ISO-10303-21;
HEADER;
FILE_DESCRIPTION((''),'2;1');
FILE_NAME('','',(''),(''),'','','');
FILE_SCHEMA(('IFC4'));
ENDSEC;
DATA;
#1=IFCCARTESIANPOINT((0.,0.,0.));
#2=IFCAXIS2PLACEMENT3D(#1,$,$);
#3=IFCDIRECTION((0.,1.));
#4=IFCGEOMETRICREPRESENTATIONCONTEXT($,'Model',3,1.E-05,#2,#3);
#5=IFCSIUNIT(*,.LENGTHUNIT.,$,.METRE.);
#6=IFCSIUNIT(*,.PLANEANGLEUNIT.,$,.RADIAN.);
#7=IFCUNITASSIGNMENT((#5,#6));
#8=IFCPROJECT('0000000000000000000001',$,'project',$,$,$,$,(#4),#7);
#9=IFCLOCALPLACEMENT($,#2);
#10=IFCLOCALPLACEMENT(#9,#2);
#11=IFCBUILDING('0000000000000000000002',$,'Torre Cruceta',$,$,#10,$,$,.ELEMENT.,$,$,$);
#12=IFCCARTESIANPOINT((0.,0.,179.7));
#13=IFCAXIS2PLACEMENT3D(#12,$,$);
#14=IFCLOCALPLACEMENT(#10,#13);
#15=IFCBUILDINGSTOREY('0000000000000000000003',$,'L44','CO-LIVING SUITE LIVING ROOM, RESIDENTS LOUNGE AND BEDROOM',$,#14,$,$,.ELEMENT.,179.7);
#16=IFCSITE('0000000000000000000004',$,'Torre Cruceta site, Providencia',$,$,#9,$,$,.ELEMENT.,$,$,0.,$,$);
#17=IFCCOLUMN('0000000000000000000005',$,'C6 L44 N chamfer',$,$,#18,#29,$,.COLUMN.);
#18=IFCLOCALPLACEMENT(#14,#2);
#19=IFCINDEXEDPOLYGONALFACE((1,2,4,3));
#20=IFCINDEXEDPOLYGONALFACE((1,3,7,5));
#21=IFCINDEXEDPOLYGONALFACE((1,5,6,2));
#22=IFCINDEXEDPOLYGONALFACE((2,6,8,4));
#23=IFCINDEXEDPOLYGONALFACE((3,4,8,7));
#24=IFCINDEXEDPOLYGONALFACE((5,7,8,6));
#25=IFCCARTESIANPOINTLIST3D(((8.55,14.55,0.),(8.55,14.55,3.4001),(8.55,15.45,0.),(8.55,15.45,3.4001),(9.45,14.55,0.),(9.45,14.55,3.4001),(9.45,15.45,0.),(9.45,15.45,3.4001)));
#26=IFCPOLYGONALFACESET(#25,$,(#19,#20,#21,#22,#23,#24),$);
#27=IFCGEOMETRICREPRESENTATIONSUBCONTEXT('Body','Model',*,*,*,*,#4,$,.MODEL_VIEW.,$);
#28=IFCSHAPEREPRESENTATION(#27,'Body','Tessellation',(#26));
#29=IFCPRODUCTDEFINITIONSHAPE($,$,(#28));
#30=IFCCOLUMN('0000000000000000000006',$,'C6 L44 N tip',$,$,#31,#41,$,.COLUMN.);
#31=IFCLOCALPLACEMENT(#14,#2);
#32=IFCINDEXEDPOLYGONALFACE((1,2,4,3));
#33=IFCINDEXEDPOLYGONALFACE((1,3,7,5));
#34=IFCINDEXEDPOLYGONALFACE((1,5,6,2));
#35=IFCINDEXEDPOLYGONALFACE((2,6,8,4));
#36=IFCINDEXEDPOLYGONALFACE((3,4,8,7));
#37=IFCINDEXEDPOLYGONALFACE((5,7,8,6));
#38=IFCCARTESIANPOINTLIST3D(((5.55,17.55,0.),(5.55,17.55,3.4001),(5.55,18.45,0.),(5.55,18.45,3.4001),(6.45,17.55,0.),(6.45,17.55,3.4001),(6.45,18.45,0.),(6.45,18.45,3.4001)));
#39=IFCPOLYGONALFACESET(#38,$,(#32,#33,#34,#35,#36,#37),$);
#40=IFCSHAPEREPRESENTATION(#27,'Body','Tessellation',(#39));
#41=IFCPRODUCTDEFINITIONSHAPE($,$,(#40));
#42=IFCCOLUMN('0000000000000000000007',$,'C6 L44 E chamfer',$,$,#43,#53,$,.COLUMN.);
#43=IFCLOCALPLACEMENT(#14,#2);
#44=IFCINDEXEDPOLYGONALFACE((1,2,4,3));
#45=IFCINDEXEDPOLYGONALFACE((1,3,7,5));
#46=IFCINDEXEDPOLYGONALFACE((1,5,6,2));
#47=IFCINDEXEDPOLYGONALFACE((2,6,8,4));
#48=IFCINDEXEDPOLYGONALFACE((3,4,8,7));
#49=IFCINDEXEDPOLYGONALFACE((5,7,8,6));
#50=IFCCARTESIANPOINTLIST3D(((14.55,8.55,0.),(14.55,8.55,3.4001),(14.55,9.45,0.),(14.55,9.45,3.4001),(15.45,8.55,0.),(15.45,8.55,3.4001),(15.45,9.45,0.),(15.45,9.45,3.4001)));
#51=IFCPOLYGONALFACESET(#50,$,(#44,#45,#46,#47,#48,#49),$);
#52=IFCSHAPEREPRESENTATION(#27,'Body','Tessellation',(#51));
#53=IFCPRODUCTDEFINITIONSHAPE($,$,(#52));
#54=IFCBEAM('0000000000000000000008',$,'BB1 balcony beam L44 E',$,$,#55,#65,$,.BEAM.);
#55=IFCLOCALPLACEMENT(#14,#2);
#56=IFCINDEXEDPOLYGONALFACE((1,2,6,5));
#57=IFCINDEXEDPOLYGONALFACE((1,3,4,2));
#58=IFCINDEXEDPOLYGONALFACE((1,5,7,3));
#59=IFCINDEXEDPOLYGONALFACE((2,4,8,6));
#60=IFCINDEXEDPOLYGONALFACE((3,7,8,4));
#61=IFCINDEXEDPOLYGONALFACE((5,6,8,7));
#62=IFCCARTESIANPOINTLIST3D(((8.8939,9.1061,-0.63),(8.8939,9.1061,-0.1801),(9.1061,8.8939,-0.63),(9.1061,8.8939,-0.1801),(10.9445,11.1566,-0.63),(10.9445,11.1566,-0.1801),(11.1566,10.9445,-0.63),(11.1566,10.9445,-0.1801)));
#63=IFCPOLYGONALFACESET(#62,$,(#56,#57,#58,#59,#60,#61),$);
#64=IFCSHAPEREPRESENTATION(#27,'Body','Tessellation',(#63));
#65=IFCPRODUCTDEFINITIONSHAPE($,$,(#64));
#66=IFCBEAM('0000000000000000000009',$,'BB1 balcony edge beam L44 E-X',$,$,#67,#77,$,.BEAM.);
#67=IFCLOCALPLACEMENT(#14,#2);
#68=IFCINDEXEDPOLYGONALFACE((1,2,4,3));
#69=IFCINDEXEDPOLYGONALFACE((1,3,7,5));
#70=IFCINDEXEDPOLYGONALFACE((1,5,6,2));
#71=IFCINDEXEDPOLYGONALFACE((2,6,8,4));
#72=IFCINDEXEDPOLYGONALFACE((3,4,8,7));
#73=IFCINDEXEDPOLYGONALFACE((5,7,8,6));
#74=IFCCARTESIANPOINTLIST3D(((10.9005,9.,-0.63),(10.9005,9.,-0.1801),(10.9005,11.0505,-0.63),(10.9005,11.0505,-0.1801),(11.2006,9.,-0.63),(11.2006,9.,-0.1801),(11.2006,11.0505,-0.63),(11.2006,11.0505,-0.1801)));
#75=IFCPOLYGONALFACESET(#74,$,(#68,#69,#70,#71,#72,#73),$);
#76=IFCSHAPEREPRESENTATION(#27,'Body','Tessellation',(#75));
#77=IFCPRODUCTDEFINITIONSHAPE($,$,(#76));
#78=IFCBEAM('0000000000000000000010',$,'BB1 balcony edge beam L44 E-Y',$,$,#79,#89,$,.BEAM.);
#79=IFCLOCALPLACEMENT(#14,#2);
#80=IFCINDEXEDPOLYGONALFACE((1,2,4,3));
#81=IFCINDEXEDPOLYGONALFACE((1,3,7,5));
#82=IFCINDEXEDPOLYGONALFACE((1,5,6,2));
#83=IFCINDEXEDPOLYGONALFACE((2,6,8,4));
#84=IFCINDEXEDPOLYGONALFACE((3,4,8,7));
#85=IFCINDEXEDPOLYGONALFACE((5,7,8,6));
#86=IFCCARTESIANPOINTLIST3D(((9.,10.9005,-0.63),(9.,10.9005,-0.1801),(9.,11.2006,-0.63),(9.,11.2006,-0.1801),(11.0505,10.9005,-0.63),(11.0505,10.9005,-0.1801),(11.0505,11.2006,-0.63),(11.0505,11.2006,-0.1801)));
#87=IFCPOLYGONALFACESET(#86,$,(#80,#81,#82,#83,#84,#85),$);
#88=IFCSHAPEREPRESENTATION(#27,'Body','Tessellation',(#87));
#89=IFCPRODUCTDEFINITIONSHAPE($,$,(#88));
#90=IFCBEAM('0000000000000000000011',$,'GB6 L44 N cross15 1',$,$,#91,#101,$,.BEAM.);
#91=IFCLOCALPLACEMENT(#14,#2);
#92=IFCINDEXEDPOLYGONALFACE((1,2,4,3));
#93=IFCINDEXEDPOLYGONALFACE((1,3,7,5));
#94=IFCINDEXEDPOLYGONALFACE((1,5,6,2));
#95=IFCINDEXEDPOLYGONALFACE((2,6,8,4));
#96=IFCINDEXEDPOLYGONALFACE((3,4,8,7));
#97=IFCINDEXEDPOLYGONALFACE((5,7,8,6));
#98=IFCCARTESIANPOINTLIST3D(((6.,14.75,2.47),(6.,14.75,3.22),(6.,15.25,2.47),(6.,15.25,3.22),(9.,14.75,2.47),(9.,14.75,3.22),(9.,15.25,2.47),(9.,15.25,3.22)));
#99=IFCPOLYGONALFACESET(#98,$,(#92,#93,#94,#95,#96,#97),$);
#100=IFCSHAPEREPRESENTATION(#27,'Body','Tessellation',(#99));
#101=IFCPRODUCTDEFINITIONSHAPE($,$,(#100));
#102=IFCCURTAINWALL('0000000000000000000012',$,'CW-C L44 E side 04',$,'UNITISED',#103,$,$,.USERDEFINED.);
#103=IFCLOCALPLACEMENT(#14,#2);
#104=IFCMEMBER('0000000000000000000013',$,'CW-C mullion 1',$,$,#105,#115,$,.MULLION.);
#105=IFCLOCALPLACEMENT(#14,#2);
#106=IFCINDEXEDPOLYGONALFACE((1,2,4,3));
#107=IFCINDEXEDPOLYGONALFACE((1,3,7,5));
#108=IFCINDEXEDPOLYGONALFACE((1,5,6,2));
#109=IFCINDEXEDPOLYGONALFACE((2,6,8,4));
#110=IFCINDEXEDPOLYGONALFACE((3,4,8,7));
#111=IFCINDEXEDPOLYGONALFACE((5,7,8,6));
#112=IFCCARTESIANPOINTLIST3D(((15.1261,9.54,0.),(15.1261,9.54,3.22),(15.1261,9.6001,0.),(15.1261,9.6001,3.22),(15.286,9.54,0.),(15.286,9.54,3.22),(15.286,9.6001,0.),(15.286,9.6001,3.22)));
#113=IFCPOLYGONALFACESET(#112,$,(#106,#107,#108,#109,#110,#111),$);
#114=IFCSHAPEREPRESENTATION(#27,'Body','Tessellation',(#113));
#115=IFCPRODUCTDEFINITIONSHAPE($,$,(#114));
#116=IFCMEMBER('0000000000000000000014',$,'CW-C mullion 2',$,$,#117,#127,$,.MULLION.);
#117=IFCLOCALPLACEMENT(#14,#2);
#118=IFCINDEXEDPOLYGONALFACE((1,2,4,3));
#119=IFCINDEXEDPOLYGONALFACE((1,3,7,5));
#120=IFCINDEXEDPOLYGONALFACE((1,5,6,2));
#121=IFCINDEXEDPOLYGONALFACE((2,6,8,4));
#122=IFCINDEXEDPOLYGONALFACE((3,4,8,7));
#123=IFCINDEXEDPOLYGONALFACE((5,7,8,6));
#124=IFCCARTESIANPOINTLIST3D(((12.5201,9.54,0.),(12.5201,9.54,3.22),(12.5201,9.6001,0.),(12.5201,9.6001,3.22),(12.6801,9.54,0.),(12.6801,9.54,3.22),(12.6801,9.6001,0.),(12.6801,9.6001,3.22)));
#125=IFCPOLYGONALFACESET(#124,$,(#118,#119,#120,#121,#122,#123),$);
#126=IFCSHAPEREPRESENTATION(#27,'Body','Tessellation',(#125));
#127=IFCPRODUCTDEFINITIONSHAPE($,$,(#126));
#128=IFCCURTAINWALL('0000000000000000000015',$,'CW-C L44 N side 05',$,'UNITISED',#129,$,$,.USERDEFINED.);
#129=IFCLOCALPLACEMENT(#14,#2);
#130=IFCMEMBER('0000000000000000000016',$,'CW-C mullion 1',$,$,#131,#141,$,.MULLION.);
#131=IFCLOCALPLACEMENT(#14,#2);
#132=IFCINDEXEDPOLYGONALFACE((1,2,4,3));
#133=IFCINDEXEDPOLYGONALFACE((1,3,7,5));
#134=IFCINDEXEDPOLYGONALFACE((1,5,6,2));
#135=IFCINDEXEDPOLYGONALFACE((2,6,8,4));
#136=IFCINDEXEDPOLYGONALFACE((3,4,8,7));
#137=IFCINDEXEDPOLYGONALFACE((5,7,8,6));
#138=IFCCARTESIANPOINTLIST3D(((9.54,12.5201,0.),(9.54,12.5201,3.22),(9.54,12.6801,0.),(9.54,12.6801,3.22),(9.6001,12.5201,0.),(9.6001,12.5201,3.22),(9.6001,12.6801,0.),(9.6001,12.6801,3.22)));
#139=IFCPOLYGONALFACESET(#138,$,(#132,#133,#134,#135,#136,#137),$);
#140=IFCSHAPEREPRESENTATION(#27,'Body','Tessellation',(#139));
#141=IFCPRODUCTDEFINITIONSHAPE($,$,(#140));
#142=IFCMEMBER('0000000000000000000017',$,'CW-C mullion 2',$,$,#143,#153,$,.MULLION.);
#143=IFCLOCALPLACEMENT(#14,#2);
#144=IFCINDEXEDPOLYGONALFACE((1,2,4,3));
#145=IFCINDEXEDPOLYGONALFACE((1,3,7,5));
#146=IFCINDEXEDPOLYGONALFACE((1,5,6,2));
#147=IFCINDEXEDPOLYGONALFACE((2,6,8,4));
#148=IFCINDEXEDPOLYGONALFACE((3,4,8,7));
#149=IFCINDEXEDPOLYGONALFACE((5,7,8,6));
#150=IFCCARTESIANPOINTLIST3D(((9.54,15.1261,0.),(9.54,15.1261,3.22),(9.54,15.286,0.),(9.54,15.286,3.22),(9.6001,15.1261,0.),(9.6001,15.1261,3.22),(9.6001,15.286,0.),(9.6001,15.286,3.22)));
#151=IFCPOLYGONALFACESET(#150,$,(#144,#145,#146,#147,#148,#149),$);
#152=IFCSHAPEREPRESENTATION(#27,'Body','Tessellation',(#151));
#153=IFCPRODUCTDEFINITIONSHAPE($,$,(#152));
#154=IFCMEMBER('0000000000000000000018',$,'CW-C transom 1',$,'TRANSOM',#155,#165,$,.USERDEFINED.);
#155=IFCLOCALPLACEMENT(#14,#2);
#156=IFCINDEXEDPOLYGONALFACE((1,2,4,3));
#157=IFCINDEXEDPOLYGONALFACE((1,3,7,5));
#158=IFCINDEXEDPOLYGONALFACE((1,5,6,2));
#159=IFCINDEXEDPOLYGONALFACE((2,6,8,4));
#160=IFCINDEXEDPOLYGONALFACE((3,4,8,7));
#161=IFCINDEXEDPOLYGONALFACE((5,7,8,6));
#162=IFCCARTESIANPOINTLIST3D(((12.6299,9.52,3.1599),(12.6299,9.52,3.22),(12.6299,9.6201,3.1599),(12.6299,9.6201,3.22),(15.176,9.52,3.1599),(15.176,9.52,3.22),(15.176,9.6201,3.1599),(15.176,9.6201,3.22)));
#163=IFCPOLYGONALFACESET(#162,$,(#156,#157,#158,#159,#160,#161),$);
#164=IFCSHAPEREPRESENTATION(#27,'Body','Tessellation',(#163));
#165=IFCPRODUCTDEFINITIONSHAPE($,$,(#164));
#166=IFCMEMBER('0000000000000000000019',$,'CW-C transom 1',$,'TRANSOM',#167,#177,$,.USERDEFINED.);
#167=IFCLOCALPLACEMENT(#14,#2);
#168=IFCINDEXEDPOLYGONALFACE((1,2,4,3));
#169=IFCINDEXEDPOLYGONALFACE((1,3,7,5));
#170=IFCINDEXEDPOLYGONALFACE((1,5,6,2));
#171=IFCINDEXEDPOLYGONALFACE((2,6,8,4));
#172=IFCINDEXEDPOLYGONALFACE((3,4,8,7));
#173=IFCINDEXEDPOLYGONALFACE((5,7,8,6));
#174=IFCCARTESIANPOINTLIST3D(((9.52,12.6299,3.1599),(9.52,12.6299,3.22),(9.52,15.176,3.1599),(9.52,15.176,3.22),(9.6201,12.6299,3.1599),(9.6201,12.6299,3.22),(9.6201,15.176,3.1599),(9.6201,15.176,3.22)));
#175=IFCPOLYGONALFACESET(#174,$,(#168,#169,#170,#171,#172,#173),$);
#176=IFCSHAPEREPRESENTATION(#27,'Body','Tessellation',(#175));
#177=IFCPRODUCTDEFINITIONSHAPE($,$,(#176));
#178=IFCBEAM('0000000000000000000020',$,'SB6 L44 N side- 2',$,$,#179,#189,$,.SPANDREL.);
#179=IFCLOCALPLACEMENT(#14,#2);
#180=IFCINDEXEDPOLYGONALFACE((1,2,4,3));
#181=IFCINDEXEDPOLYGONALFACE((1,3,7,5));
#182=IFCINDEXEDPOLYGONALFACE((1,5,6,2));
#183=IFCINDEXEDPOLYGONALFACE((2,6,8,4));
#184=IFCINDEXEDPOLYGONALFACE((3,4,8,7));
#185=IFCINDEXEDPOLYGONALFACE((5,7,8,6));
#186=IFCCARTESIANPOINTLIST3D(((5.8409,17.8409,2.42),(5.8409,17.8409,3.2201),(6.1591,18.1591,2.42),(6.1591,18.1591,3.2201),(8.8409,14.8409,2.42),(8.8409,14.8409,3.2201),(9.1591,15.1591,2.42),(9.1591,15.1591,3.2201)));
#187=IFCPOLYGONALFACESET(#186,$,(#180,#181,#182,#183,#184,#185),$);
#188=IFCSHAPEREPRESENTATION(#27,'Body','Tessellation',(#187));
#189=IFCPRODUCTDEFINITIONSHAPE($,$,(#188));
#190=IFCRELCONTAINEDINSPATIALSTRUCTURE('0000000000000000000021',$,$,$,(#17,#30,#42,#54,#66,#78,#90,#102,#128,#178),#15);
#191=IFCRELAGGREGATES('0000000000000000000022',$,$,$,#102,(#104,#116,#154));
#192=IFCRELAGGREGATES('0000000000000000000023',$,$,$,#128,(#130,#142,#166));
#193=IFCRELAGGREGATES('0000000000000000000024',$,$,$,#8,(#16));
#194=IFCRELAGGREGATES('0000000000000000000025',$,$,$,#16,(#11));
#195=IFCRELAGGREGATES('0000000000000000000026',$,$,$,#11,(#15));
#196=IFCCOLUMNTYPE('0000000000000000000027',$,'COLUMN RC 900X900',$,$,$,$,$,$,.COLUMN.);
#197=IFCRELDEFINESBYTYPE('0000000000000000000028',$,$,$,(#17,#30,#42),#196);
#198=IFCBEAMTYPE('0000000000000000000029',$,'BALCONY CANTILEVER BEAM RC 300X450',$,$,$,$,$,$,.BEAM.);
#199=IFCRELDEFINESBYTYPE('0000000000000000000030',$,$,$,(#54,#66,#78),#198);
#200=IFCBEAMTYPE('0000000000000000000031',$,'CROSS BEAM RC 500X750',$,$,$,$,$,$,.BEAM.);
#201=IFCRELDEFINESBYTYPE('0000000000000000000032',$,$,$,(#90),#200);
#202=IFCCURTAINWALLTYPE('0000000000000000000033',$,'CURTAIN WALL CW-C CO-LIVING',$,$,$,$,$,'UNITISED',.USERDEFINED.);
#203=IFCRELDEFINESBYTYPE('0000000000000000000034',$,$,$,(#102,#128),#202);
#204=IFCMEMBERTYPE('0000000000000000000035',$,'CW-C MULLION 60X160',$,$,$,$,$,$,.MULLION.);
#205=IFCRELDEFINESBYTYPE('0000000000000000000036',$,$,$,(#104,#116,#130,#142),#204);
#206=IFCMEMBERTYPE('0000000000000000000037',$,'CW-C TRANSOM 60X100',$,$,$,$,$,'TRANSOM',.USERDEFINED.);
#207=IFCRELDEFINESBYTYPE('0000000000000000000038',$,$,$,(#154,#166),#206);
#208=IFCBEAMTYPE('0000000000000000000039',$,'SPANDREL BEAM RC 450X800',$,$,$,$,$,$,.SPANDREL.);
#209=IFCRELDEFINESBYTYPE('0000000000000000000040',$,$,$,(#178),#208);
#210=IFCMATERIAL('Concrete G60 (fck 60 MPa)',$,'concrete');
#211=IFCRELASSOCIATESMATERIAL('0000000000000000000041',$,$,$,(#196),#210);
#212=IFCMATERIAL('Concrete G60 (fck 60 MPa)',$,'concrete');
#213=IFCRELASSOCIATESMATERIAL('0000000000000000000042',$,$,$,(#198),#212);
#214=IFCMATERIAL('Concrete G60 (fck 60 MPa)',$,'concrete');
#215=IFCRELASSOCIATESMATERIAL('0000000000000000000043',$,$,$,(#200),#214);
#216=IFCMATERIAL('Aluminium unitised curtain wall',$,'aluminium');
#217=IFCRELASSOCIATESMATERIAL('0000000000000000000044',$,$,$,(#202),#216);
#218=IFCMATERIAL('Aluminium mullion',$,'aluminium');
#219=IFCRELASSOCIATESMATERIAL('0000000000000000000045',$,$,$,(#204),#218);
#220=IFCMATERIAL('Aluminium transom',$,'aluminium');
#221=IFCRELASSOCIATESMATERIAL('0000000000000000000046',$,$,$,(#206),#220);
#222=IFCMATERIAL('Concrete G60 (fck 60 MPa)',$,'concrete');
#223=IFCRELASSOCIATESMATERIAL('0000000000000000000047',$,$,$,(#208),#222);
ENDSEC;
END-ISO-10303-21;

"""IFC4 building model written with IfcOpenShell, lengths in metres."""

from ifc_helpers import new_model, si_unit, direction, frame, origin, origin_2d, place, context, subcontext, project, spatial, rectangle, extrude, material, material_profile, profile_set, type_object, element, aggregate, save


model = new_model("IFC4")

# Units and contexts
model_context = context("Model", 3, precision=1e-05, world=origin(), true_north=direction((0.0, 1.0)))
body_context = subcontext(model_context, "Body", "Model", "MODEL_VIEW")
ifc_project = project(units=[si_unit("LENGTHUNIT", "METRE"), si_unit("PLANEANGLEUNIT", "RADIAN")], contexts=[model_context])

# Site, building, storey
site_placement = place(None, origin())
site = spatial("IfcSite", under=ifc_project, at=site_placement, Name="Torre Cruceta site, Providencia", CompositionType="ELEMENT", RefElevation=0.0)
building_placement = place(site_placement, origin())
building = spatial("IfcBuilding", under=site, at=building_placement, Name="Torre Cruceta", CompositionType="ELEMENT")
storey_placement = place(building_placement, frame((0.0, 0.0, 179.7)))
storey = spatial("IfcBuildingStorey", under=building, at=storey_placement, Name="L44", Description="CO-LIVING SUITE LIVING ROOM, RESIDENTS LOUNGE AND BEDROOM", CompositionType="ELEMENT", Elevation=179.7)

# Columns
ifc_material_1 = material(Name="Concrete G60 (fck 60 MPa)", Category="concrete")
ifc_material_profile_1 = material_profile(ifc_material_1, rectangle(XDim=0.8999, YDim=0.8999, at=origin_2d()), Name="RC 900X900")
ifc_profile_set_1 = profile_set([ifc_material_profile_1], Name="Concrete G60 (fck 60 MPa)")
column_type = type_object("IfcColumnType", Name="COLUMN RC 900X900", PredefinedType="COLUMN", material=ifc_profile_set_1)
for number, where, z_axis, x_axis, name in (
    (1, (9.0, 15.0, 0.0), (0.0, 0.0, 1.0), (1.0, 0.0, 0.0), "C6 L44 N chamfer"),
    (2, (6.0, 18.0, 0.0), (0.0, 0.0, 1.0), (1.0, 0.0, 0.0), "C6 L44 N tip"),
    (3, (15.0, 9.0, 0.0), (0.0, 0.0, 1.0), (1.0, 0.0, 0.0), "C6 L44 E chamfer"),
):
    element("IfcColumn", number, at=place(storey_placement, frame(where, z_axis=z_axis, x_axis=x_axis)), inside=storey, type_object=column_type, Name=name, PredefinedType="COLUMN", context=body_context, shape_type="SweptSolid", body=[
        extrude(rectangle(XDim=0.8999, YDim=0.8999, at=origin_2d()), origin(), (0.0, 0.0, 1.0), 3.4001),
    ])

# Beams
ifc_material_2 = material(Name="Concrete G60 (fck 60 MPa)", Category="concrete")
ifc_material_profile_2 = material_profile(ifc_material_2, rectangle(XDim=0.3, YDim=0.45, at=origin_2d()), Name="RC 300X450")
ifc_profile_set_2 = profile_set([ifc_material_profile_2], Name="Concrete G60 (fck 60 MPa)")
beam_type_1 = type_object("IfcBeamType", Name="BALCONY CANTILEVER BEAM RC 300X450", PredefinedType="BEAM", material=ifc_profile_set_2)
beam_1_placement = place(storey_placement, frame((9.0, 9.0, -0.405), z_axis=(0.707107, 0.707107, 0.0), x_axis=(-0.707107, 0.707107, 0.0)))
element("IfcBeam", 4, at=beam_1_placement, inside=storey, type_object=beam_type_1, Name="BB1 balcony beam L44 E", PredefinedType="BEAM", context=body_context, shape_type="SweptSolid", body=[
    extrude(rectangle(XDim=0.3, YDim=0.45, at=origin_2d()), origin(), (0.0, 0.0, 1.0), 2.8999),
])
for number, where, z_axis, x_axis, name in (
    (5, (11.0505, 9.0, -0.405), (0.0, 1.0, 0.0), (-1.0, 0.0, 0.0), "BB1 balcony edge beam L44 E-X"),
    (6, (9.0, 11.0505, -0.405), (1.0, 0.0, 0.0), (0.0, 1.0, 0.0), "BB1 balcony edge beam L44 E-Y"),
):
    element("IfcBeam", number, at=place(storey_placement, frame(where, z_axis=z_axis, x_axis=x_axis)), inside=storey, type_object=beam_type_1, Name=name, PredefinedType="BEAM", context=body_context, shape_type="SweptSolid", body=[
        extrude(rectangle(XDim=0.3, YDim=0.45, at=origin_2d()), origin(), (0.0, 0.0, 1.0), 2.0505),
    ])
ifc_material_3 = material(Name="Concrete G60 (fck 60 MPa)", Category="concrete")
ifc_material_profile_3 = material_profile(ifc_material_3, rectangle(XDim=0.5, YDim=0.75, at=origin_2d()), Name="RC 500X750")
ifc_profile_set_3 = profile_set([ifc_material_profile_3], Name="Concrete G60 (fck 60 MPa)")
beam_type_2 = type_object("IfcBeamType", Name="CROSS BEAM RC 500X750", PredefinedType="BEAM", material=ifc_profile_set_3)
beam_2_placement = place(storey_placement, frame((9.0, 15.0, 2.845), z_axis=(-1.0, 0.0, 0.0), x_axis=(0.0, -1.0, 0.0)))
element("IfcBeam", 7, at=beam_2_placement, inside=storey, type_object=beam_type_2, Name="GB6 L44 N cross15 1", PredefinedType="BEAM", context=body_context, shape_type="SweptSolid", body=[
    extrude(rectangle(XDim=0.5, YDim=0.75, at=origin_2d()), origin(), (0.0, 0.0, 1.0), 3.0),
])

# Curtain walls, members
ifc_material_4 = material(Name="Aluminium unitised curtain wall", Category="aluminium")
curtain_wall_type = type_object("IfcCurtainWallType", Name="CURTAIN WALL CW-C CO-LIVING", ElementType="UNITISED", PredefinedType="USERDEFINED", material=ifc_material_4)
curtain_wall_1_placement = place(storey_placement, origin())
curtain_wall_1 = element("IfcCurtainWall", 8, at=curtain_wall_1_placement, inside=storey, type_object=curtain_wall_type, Name="CW-C L44 E side 04", ObjectType="UNITISED", PredefinedType="USERDEFINED")
ifc_material_5 = material(Name="Aluminium mullion", Category="aluminium")
ifc_material_profile_4 = material_profile(ifc_material_5, rectangle(XDim=0.0601, YDim=0.1599, at=origin_2d()), Name="AL 60X160")
ifc_profile_set_4 = profile_set([ifc_material_profile_4], Name="Aluminium mullion")
member_type_1 = type_object("IfcMemberType", Name="CW-C MULLION 60X160", PredefinedType="MULLION", material=ifc_profile_set_4)
member_1_placement = place(storey_placement, frame((15.2061, 9.5701, 0.0), z_axis=(0.0, 0.0, 1.0), x_axis=(0.0, -1.0, 0.0)))
member_1 = element("IfcMember", 9, at=member_1_placement, type_object=member_type_1, Name="CW-C mullion 1", PredefinedType="MULLION", context=body_context, shape_type="SweptSolid", body=[
    extrude(rectangle(XDim=0.0601, YDim=0.1599, at=origin_2d()), origin(), (0.0, 0.0, 1.0), 3.22),
])
member_2_placement = place(storey_placement, frame((12.6001, 9.5701, 0.0), z_axis=(0.0, 0.0, 1.0), x_axis=(0.0, -1.0, 0.0)))
member_2 = element("IfcMember", 10, at=member_2_placement, type_object=member_type_1, Name="CW-C mullion 2", PredefinedType="MULLION", context=body_context, shape_type="SweptSolid", body=[
    extrude(rectangle(XDim=0.0601, YDim=0.1599, at=origin_2d()), origin(), (0.0, 0.0, 1.0), 3.22),
])
curtain_wall_2_placement = place(storey_placement, origin())
curtain_wall_2 = element("IfcCurtainWall", 11, at=curtain_wall_2_placement, inside=storey, type_object=curtain_wall_type, Name="CW-C L44 N side 05", ObjectType="UNITISED", PredefinedType="USERDEFINED")
member_3_placement = place(storey_placement, frame((9.5701, 12.6001, 0.0), z_axis=(0.0, 0.0, 1.0), x_axis=(-1.0, 0.0, 0.0)))
member_3 = element("IfcMember", 12, at=member_3_placement, type_object=member_type_1, Name="CW-C mullion 1", PredefinedType="MULLION", context=body_context, shape_type="SweptSolid", body=[
    extrude(rectangle(XDim=0.0601, YDim=0.1599, at=origin_2d()), origin(), (0.0, 0.0, 1.0), 3.22),
])
member_4_placement = place(storey_placement, frame((9.5701, 15.2061, 0.0), z_axis=(0.0, 0.0, 1.0), x_axis=(-1.0, 0.0, 0.0)))
member_4 = element("IfcMember", 13, at=member_4_placement, type_object=member_type_1, Name="CW-C mullion 2", PredefinedType="MULLION", context=body_context, shape_type="SweptSolid", body=[
    extrude(rectangle(XDim=0.0601, YDim=0.1599, at=origin_2d()), origin(), (0.0, 0.0, 1.0), 3.22),
])

# Members
ifc_material_6 = material(Name="Aluminium transom", Category="aluminium")
ifc_material_profile_5 = material_profile(ifc_material_6, rectangle(XDim=0.1001, YDim=0.0601, at=origin_2d()), Name="AL 100X60")
ifc_profile_set_5 = profile_set([ifc_material_profile_5], Name="Aluminium transom")
member_type_2 = type_object("IfcMemberType", Name="CW-C TRANSOM 60X100", ElementType="TRANSOM", PredefinedType="USERDEFINED", material=ifc_profile_set_5)
member_5_placement = place(storey_placement, frame((15.176, 9.5701, 3.1899), z_axis=(-1.0, 0.0, 0.0), x_axis=(0.0, -1.0, 0.0)))
member_5 = element("IfcMember", 14, at=member_5_placement, type_object=member_type_2, Name="CW-C transom 1", ObjectType="TRANSOM", PredefinedType="USERDEFINED", context=body_context, shape_type="SweptSolid", body=[
    extrude(rectangle(XDim=0.1001, YDim=0.0601, at=origin_2d()), origin(), (0.0, 0.0, 1.0), 2.5461),
])
member_6_placement = place(storey_placement, frame((9.5701, 12.6299, 3.1899), z_axis=(0.0, 1.0, 0.0), x_axis=(-1.0, 0.0, 0.0)))
member_6 = element("IfcMember", 15, at=member_6_placement, type_object=member_type_2, Name="CW-C transom 1", ObjectType="TRANSOM", PredefinedType="USERDEFINED", context=body_context, shape_type="SweptSolid", body=[
    extrude(rectangle(XDim=0.1001, YDim=0.0601, at=origin_2d()), origin(), (0.0, 0.0, 1.0), 2.5461),
])

# Beam
ifc_material_7 = material(Name="Concrete G60 (fck 60 MPa)", Category="concrete")
ifc_material_profile_6 = material_profile(ifc_material_7, rectangle(XDim=0.45, YDim=0.8, at=origin_2d()), Name="RC 450X800")
ifc_profile_set_6 = profile_set([ifc_material_profile_6], Name="Concrete G60 (fck 60 MPa)")
beam_type_3 = type_object("IfcBeamType", Name="SPANDREL BEAM RC 450X800", PredefinedType="SPANDREL", material=ifc_profile_set_6)
for number, where, z_axis, x_axis, name in (
    (16, (9.0, 15.0, 2.8201), (-0.707107, 0.707107, 0.0), (-0.707107, -0.707107, 0.0), "SB6 L44 N side- 2"),
):
    element("IfcBeam", number, at=place(storey_placement, frame(where, z_axis=z_axis, x_axis=x_axis)), inside=storey, type_object=beam_type_3, Name=name, PredefinedType="SPANDREL", context=body_context, shape_type="SweptSolid", body=[
        extrude(rectangle(XDim=0.45, YDim=0.8, at=origin_2d()), origin(), (0.0, 0.0, 1.0), 4.2427),
    ])

aggregate(curtain_wall_1, [member_1, member_2, member_5])
aggregate(curtain_wall_2, [member_3, member_4, member_6])

save(model, "model.ifc")
